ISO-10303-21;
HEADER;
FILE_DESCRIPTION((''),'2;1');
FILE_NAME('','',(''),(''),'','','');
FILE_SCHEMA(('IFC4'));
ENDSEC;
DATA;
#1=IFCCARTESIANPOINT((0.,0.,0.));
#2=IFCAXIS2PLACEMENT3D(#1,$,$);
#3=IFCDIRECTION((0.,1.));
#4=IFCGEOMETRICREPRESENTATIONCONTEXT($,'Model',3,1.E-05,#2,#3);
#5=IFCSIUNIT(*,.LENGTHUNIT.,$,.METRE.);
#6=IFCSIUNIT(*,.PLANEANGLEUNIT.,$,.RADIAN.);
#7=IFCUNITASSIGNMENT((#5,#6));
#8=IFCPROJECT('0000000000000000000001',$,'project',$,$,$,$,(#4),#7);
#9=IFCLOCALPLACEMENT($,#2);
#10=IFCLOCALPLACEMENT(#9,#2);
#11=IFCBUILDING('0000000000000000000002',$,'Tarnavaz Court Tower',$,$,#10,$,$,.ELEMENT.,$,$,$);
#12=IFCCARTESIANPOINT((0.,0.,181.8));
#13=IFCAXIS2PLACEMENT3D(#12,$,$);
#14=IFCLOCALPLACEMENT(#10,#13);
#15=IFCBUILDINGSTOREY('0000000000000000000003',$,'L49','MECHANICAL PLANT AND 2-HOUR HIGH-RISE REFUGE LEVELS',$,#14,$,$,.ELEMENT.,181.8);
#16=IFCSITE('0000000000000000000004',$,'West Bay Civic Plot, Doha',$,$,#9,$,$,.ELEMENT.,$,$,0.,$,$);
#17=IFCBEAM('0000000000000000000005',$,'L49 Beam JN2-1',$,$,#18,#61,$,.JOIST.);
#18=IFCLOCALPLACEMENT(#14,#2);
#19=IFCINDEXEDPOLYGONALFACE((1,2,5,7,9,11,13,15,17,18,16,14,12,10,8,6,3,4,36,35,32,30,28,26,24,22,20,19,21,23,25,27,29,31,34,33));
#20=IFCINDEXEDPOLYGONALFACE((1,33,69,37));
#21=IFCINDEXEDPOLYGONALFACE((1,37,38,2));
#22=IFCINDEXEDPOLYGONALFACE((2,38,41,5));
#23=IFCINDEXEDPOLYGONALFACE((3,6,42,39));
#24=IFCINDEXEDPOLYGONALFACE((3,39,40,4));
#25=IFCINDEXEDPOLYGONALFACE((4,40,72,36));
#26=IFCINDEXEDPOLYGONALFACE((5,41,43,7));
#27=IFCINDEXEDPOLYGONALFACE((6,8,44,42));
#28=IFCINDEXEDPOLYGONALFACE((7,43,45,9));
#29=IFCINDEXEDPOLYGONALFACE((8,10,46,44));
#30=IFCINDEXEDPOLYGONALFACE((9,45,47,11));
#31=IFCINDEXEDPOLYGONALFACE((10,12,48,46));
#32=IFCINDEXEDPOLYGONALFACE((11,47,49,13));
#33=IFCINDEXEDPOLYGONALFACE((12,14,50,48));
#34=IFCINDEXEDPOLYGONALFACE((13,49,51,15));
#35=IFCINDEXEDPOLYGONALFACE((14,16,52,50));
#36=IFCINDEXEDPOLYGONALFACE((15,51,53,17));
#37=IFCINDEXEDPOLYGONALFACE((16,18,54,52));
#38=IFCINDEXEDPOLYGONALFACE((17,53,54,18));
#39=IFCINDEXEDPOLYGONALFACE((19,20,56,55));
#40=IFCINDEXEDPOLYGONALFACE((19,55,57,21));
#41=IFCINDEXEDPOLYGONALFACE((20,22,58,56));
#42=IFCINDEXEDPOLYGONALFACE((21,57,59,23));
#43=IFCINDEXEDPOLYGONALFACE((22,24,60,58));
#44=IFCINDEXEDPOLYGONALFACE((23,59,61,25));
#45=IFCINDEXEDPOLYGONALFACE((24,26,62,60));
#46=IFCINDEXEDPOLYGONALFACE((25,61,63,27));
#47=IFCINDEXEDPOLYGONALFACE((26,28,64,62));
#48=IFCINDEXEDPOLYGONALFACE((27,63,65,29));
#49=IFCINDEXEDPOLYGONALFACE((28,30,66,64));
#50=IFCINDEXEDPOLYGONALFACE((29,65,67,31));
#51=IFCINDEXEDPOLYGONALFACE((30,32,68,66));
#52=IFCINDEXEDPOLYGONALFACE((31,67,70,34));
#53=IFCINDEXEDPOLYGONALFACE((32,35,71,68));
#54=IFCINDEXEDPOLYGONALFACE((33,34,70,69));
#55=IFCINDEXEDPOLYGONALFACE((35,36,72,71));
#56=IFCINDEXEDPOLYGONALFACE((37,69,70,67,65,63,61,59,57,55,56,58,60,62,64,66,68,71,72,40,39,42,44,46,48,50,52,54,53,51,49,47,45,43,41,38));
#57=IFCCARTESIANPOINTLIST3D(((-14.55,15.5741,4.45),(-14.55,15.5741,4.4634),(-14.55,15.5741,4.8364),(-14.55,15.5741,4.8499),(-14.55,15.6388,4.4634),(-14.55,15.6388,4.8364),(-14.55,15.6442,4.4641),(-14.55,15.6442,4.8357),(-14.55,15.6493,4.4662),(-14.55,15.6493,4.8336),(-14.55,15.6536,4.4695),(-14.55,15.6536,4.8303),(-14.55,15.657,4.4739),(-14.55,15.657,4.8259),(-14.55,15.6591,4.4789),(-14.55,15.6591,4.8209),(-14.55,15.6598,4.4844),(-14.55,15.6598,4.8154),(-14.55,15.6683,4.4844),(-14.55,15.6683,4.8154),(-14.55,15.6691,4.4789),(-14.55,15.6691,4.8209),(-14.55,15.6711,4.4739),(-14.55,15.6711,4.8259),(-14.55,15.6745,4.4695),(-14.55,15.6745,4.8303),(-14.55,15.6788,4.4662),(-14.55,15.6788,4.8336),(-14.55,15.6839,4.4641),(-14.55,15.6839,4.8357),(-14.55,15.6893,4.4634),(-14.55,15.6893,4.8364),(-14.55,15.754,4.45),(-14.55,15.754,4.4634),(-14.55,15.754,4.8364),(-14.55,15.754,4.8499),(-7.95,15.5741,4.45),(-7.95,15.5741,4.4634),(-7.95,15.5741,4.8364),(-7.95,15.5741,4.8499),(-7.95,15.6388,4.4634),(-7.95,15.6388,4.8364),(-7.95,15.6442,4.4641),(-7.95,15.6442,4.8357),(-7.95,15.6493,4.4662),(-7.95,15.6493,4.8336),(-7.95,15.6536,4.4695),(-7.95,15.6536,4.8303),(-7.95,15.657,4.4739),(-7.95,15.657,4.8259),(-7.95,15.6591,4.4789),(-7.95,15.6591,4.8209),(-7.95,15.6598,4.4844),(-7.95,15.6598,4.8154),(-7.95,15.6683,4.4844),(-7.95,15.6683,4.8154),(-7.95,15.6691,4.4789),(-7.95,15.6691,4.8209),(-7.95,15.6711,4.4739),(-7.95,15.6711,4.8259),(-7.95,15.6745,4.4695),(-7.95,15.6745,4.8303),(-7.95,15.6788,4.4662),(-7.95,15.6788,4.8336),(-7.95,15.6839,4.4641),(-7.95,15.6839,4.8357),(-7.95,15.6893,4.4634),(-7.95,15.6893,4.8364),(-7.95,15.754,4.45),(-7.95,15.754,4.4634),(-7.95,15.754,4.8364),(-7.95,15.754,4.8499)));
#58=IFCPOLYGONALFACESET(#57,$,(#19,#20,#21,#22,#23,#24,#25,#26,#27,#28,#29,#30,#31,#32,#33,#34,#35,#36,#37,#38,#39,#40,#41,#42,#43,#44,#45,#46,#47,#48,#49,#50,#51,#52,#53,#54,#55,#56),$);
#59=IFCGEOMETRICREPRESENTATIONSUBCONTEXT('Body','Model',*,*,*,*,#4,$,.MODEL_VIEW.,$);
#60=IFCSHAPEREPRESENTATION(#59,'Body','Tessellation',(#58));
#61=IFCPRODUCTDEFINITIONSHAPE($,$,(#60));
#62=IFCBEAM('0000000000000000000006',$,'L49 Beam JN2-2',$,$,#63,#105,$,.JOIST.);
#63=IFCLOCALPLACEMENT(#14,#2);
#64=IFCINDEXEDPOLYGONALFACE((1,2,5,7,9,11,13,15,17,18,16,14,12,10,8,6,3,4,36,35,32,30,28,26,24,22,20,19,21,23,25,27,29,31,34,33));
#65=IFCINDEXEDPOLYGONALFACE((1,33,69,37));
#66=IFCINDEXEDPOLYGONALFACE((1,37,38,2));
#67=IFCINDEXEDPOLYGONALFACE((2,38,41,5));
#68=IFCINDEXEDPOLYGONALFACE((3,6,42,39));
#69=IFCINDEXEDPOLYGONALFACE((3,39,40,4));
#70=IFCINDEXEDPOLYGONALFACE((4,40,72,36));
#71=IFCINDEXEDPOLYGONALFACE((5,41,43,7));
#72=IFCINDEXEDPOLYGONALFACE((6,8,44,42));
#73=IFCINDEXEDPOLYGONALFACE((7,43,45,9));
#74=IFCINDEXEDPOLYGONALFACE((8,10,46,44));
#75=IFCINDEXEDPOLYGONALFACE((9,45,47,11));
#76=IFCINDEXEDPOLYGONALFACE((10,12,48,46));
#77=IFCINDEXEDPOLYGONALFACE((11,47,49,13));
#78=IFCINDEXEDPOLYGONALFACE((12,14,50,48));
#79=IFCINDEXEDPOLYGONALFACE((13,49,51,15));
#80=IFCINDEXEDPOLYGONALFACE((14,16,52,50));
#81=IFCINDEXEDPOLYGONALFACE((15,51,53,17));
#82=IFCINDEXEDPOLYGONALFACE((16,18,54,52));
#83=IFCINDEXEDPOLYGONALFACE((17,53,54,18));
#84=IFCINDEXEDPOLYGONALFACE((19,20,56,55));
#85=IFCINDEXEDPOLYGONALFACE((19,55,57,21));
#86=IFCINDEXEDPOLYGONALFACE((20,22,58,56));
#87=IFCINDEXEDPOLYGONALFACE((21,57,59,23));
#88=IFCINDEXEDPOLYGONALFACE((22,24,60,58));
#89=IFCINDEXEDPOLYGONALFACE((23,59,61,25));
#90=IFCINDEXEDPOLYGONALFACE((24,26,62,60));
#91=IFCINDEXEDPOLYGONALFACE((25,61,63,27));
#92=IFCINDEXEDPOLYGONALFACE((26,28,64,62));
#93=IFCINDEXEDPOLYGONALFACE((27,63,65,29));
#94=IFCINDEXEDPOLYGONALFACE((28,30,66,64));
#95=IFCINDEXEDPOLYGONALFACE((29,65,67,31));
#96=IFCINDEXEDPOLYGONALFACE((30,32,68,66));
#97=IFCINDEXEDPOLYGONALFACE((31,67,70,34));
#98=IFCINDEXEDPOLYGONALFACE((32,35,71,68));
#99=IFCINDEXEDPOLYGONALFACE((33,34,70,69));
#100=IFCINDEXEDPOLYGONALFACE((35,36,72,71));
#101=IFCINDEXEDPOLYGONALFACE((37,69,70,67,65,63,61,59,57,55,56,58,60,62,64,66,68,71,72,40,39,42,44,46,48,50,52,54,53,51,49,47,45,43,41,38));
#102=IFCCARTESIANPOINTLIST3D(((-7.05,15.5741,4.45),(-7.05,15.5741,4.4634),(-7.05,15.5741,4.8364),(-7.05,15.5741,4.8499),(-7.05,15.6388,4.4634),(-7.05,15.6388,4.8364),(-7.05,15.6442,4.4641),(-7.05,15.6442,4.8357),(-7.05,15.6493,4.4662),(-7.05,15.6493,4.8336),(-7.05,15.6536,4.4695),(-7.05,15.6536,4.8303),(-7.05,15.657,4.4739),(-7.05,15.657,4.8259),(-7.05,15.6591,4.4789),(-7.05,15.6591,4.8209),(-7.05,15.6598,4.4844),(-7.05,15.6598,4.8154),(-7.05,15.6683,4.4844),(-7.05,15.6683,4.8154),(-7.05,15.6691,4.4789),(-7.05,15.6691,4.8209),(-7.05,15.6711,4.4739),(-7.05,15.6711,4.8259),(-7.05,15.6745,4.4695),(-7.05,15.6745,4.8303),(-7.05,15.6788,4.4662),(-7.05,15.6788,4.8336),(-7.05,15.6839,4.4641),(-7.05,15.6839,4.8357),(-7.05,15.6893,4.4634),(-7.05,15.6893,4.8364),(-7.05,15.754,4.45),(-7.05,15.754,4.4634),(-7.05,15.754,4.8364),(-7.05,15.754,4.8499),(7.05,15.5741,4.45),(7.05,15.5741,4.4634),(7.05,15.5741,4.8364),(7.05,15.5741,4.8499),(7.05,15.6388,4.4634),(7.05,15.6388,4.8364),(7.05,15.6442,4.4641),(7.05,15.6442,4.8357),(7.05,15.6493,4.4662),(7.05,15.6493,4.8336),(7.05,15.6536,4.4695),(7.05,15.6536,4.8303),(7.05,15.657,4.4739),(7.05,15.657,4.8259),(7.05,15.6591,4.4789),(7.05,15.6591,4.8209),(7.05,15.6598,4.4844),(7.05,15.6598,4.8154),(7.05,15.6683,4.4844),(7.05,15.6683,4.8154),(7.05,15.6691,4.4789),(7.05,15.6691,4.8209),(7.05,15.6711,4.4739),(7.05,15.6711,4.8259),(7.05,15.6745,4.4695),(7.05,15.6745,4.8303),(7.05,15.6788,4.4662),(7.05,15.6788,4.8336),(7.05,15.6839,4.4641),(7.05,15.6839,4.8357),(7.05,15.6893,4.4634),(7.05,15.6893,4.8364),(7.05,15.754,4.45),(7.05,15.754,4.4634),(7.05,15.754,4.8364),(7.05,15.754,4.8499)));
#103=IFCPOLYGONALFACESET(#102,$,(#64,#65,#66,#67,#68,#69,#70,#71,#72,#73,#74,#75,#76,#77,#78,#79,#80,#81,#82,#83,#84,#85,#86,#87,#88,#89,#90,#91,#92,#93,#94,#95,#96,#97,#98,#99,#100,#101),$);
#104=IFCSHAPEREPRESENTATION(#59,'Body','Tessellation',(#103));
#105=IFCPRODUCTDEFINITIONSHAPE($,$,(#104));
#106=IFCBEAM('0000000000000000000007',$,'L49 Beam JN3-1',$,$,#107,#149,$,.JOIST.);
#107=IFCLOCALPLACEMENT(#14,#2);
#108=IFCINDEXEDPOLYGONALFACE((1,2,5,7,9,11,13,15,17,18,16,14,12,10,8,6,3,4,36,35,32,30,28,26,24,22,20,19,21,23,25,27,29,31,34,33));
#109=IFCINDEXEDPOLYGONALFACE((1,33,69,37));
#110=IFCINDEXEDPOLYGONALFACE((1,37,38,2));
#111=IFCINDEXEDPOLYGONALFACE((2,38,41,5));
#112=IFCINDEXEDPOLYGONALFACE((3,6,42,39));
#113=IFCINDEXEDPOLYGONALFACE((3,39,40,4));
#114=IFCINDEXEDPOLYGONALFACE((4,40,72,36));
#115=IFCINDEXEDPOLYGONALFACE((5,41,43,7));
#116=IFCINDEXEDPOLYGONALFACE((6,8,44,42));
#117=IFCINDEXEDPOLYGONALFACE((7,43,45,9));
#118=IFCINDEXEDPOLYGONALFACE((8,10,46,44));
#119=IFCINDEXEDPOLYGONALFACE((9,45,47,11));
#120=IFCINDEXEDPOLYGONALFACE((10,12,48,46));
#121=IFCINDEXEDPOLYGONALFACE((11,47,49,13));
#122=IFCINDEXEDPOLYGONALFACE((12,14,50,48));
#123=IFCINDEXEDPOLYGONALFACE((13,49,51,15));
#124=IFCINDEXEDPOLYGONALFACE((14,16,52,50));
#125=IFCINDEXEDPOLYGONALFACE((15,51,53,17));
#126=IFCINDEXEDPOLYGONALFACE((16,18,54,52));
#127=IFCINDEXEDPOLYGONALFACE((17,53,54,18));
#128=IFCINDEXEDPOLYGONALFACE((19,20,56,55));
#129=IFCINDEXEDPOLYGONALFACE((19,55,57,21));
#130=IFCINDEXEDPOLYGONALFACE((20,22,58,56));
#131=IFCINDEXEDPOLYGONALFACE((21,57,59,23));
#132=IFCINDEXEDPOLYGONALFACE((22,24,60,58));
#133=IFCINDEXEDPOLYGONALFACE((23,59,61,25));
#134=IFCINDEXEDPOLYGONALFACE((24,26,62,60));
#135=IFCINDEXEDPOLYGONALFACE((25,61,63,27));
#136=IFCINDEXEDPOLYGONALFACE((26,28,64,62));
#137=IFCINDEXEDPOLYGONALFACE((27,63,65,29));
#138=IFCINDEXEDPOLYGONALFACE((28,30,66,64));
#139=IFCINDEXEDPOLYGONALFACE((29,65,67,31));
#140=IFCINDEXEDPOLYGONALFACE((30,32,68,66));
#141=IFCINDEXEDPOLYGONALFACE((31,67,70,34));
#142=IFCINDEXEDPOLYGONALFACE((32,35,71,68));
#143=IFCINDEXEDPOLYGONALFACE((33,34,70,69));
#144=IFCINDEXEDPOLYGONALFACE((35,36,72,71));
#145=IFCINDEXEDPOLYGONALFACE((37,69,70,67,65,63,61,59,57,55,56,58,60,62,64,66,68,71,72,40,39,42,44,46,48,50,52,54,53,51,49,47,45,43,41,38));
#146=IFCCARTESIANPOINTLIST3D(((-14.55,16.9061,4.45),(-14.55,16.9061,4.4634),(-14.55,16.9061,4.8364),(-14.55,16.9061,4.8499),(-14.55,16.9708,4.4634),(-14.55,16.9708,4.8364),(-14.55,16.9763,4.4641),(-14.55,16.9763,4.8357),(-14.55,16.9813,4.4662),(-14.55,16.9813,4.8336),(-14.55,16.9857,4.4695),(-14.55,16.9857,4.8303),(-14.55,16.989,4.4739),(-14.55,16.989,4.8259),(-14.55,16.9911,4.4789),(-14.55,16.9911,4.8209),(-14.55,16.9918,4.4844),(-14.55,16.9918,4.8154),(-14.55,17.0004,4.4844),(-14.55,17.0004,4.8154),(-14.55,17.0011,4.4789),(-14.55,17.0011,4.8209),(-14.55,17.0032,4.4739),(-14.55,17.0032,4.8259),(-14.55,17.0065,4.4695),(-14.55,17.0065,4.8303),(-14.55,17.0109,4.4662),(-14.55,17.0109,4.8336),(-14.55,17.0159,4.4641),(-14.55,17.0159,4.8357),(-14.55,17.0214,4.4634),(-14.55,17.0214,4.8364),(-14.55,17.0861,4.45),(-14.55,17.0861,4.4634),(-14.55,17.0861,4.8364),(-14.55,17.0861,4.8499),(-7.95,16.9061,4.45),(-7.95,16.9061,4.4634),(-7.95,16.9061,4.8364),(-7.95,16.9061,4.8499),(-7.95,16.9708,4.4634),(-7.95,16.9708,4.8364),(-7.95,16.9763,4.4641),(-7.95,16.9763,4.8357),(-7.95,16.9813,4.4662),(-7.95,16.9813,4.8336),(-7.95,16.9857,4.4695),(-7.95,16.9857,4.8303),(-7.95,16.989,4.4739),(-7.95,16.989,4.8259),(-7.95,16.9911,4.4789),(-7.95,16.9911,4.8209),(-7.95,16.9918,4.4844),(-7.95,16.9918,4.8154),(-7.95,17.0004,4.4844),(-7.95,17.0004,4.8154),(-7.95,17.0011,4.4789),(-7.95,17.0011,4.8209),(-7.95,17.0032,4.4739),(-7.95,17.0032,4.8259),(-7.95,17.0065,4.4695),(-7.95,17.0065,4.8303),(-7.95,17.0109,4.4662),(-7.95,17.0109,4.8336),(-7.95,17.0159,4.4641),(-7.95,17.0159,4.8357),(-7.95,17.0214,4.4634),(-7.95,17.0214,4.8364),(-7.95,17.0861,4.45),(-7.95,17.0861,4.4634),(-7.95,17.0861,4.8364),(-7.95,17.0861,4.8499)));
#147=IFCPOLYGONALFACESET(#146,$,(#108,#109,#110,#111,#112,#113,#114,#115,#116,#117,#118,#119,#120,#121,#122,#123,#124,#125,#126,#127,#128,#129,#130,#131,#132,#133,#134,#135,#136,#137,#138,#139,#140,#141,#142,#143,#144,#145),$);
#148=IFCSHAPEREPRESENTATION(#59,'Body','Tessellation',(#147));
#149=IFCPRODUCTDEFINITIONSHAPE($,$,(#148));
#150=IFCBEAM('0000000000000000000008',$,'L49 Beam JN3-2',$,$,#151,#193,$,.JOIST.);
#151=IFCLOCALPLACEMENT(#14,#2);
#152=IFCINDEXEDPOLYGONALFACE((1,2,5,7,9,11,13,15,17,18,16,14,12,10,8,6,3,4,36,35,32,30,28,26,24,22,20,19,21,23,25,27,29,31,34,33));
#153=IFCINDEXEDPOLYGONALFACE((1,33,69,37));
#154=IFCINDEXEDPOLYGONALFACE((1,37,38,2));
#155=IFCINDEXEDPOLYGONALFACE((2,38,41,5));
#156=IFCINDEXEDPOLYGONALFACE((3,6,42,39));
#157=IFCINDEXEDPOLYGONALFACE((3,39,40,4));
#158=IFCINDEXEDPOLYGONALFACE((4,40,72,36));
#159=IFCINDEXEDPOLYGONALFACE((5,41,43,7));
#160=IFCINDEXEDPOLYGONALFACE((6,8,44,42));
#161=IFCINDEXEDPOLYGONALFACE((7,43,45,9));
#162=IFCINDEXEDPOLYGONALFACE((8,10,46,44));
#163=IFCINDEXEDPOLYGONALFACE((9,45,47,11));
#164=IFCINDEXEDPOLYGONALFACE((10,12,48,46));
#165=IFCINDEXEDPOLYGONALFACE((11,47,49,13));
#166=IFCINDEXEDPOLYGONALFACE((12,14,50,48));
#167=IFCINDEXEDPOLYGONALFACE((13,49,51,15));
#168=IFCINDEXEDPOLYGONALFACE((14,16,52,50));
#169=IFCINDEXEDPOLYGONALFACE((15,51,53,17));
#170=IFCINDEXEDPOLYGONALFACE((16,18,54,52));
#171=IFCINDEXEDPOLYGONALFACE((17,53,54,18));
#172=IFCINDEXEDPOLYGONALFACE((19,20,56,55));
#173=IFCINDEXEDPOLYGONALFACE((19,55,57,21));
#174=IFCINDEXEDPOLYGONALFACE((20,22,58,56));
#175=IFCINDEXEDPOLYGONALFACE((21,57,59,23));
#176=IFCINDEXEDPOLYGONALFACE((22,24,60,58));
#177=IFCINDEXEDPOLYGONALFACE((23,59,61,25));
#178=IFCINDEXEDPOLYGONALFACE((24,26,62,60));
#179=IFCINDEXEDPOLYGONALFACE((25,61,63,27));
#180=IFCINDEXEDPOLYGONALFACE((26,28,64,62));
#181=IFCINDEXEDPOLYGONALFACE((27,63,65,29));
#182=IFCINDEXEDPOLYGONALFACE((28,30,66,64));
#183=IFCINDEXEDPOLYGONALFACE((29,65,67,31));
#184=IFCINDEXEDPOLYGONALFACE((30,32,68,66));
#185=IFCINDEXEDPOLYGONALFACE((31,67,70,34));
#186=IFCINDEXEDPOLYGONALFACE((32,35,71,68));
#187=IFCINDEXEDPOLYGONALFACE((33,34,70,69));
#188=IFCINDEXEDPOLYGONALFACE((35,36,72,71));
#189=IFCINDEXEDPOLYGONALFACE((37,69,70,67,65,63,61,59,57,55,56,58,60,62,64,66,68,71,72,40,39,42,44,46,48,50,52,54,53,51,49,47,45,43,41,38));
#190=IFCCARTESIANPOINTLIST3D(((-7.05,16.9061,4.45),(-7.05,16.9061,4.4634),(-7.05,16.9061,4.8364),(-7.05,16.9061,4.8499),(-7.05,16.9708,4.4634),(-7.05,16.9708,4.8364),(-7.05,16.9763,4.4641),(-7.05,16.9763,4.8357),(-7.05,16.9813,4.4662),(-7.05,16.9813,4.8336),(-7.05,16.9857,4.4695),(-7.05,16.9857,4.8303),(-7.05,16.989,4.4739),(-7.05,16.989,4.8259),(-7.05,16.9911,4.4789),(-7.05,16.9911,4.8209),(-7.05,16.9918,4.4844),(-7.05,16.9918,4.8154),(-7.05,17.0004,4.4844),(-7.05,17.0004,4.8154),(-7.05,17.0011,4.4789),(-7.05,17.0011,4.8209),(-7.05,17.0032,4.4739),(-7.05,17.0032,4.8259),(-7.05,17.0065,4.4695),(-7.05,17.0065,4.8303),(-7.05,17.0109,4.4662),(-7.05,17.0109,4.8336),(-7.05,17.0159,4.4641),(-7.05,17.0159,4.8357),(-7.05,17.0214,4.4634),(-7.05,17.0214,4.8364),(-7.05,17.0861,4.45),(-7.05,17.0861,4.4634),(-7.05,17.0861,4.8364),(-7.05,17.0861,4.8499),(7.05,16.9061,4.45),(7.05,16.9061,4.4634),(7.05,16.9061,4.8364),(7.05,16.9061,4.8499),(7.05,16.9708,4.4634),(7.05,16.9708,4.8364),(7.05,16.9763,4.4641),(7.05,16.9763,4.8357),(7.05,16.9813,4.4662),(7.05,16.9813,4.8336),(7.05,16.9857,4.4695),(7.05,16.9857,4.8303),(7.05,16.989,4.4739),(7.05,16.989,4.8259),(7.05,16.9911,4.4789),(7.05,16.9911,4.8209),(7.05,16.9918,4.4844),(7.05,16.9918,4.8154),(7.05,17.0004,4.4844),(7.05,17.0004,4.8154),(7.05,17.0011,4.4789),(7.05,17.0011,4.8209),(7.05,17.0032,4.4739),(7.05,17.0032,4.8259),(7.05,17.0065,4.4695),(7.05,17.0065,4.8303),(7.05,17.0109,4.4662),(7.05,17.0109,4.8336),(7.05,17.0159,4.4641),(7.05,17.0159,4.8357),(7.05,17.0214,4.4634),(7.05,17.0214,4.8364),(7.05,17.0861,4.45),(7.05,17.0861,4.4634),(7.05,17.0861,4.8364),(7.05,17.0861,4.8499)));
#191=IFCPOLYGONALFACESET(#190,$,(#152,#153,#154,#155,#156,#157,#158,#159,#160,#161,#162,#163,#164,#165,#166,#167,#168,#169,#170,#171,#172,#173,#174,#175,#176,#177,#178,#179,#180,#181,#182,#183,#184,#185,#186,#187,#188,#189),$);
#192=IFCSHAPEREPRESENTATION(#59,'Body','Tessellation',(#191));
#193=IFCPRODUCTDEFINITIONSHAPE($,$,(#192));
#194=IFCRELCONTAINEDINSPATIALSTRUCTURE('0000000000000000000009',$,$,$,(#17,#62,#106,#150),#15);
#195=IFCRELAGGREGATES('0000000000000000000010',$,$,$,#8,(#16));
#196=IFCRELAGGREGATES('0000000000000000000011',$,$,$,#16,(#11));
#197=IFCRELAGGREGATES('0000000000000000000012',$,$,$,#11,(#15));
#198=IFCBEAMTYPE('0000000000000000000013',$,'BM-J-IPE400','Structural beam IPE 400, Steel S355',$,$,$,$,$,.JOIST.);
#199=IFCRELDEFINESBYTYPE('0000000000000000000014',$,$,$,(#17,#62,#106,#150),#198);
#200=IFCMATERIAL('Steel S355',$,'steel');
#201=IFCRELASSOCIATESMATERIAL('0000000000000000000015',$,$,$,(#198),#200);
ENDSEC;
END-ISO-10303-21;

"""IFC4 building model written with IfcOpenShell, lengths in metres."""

from ifc_helpers import new_model, si_unit, direction, frame, origin, origin_2d, place, context, subcontext, project, spatial, i_section, extrude, material, material_profile, profile_set, type_object, element, save


model = new_model("IFC4")

# Units and contexts
model_context = context("Model", 3, precision=1e-05, world=origin(), true_north=direction((0.0, 1.0)))
body_context = subcontext(model_context, "Body", "Model", "MODEL_VIEW")
ifc_project = project(units=[si_unit("LENGTHUNIT", "METRE"), si_unit("PLANEANGLEUNIT", "RADIAN")], contexts=[model_context])

# Site, building, storey
site_placement = place(None, origin())
site = spatial("IfcSite", under=ifc_project, at=site_placement, Name="West Bay Civic Plot, Doha", CompositionType="ELEMENT", RefElevation=0.0)
building_placement = place(site_placement, origin())
building = spatial("IfcBuilding", under=site, at=building_placement, Name="Tarnavaz Court Tower", CompositionType="ELEMENT")
storey_placement = place(building_placement, frame((0.0, 0.0, 181.8)))
storey = spatial("IfcBuildingStorey", under=building, at=storey_placement, Name="L49", Description="MECHANICAL PLANT AND 2-HOUR HIGH-RISE REFUGE LEVELS", CompositionType="ELEMENT", Elevation=181.8)

# Beams
ifc_material_1 = material(Name="Steel S355", Category="steel")
ifc_material_profile_1 = material_profile(ifc_material_1, i_section(OverallWidth=0.1799, OverallDepth=0.3999, WebThickness=0.0085, FlangeThickness=0.0134, FilletRadius=0.021, at=origin_2d()), Name="IPE 400")
ifc_profile_set_1 = profile_set([ifc_material_profile_1], Name="Steel S355")
beam_type_1 = type_object("IfcBeamType", Name="BM-J-IPE400", Description="Structural beam IPE 400, Steel S355", PredefinedType="JOIST", material=ifc_profile_set_1)
beam_1_placement = place(storey_placement, frame((-14.55, 15.6641, 4.6499), z_axis=(1.0, 0.0, 0.0), x_axis=(0.0, 1.0, 0.0)))
element("IfcBeam", 1, at=beam_1_placement, inside=storey, type_object=beam_type_1, Name="L49 Beam JN2-1", PredefinedType="JOIST", context=body_context, shape_type="SweptSolid", body=[
    extrude(i_section(OverallWidth=0.1799, OverallDepth=0.3999, WebThickness=0.0085, FlangeThickness=0.0134, FilletRadius=0.021, at=origin_2d()), origin(), (0.0, 0.0, 1.0), 6.6001),
])
beam_2_placement = place(storey_placement, frame((-7.05, 15.6641, 4.6499), z_axis=(1.0, 0.0, 0.0), x_axis=(0.0, 1.0, 0.0)))
element("IfcBeam", 2, at=beam_2_placement, inside=storey, type_object=beam_type_1, Name="L49 Beam JN2-2", PredefinedType="JOIST", context=body_context, shape_type="SweptSolid", body=[
    extrude(i_section(OverallWidth=0.1799, OverallDepth=0.3999, WebThickness=0.0085, FlangeThickness=0.0134, FilletRadius=0.021, at=origin_2d()), origin(), (0.0, 0.0, 1.0), 14.1001),
])
beam_3_placement = place(storey_placement, frame((-14.55, 16.9961, 4.6499), z_axis=(1.0, 0.0, 0.0), x_axis=(0.0, 1.0, 0.0)))
element("IfcBeam", 3, at=beam_3_placement, inside=storey, type_object=beam_type_1, Name="L49 Beam JN3-1", PredefinedType="JOIST", context=body_context, shape_type="SweptSolid", body=[
    extrude(i_section(OverallWidth=0.1799, OverallDepth=0.3999, WebThickness=0.0085, FlangeThickness=0.0134, FilletRadius=0.021, at=origin_2d()), origin(), (0.0, 0.0, 1.0), 6.6001),
])
beam_4_placement = place(storey_placement, frame((-7.05, 16.9961, 4.6499), z_axis=(1.0, 0.0, 0.0), x_axis=(0.0, 1.0, 0.0)))
element("IfcBeam", 4, at=beam_4_placement, inside=storey, type_object=beam_type_1, Name="L49 Beam JN3-2", PredefinedType="JOIST", context=body_context, shape_type="SweptSolid", body=[
    extrude(i_section(OverallWidth=0.1799, OverallDepth=0.3999, WebThickness=0.0085, FlangeThickness=0.0134, FilletRadius=0.021, at=origin_2d()), origin(), (0.0, 0.0, 1.0), 14.1001),
])

save(model, "model.ifc")
